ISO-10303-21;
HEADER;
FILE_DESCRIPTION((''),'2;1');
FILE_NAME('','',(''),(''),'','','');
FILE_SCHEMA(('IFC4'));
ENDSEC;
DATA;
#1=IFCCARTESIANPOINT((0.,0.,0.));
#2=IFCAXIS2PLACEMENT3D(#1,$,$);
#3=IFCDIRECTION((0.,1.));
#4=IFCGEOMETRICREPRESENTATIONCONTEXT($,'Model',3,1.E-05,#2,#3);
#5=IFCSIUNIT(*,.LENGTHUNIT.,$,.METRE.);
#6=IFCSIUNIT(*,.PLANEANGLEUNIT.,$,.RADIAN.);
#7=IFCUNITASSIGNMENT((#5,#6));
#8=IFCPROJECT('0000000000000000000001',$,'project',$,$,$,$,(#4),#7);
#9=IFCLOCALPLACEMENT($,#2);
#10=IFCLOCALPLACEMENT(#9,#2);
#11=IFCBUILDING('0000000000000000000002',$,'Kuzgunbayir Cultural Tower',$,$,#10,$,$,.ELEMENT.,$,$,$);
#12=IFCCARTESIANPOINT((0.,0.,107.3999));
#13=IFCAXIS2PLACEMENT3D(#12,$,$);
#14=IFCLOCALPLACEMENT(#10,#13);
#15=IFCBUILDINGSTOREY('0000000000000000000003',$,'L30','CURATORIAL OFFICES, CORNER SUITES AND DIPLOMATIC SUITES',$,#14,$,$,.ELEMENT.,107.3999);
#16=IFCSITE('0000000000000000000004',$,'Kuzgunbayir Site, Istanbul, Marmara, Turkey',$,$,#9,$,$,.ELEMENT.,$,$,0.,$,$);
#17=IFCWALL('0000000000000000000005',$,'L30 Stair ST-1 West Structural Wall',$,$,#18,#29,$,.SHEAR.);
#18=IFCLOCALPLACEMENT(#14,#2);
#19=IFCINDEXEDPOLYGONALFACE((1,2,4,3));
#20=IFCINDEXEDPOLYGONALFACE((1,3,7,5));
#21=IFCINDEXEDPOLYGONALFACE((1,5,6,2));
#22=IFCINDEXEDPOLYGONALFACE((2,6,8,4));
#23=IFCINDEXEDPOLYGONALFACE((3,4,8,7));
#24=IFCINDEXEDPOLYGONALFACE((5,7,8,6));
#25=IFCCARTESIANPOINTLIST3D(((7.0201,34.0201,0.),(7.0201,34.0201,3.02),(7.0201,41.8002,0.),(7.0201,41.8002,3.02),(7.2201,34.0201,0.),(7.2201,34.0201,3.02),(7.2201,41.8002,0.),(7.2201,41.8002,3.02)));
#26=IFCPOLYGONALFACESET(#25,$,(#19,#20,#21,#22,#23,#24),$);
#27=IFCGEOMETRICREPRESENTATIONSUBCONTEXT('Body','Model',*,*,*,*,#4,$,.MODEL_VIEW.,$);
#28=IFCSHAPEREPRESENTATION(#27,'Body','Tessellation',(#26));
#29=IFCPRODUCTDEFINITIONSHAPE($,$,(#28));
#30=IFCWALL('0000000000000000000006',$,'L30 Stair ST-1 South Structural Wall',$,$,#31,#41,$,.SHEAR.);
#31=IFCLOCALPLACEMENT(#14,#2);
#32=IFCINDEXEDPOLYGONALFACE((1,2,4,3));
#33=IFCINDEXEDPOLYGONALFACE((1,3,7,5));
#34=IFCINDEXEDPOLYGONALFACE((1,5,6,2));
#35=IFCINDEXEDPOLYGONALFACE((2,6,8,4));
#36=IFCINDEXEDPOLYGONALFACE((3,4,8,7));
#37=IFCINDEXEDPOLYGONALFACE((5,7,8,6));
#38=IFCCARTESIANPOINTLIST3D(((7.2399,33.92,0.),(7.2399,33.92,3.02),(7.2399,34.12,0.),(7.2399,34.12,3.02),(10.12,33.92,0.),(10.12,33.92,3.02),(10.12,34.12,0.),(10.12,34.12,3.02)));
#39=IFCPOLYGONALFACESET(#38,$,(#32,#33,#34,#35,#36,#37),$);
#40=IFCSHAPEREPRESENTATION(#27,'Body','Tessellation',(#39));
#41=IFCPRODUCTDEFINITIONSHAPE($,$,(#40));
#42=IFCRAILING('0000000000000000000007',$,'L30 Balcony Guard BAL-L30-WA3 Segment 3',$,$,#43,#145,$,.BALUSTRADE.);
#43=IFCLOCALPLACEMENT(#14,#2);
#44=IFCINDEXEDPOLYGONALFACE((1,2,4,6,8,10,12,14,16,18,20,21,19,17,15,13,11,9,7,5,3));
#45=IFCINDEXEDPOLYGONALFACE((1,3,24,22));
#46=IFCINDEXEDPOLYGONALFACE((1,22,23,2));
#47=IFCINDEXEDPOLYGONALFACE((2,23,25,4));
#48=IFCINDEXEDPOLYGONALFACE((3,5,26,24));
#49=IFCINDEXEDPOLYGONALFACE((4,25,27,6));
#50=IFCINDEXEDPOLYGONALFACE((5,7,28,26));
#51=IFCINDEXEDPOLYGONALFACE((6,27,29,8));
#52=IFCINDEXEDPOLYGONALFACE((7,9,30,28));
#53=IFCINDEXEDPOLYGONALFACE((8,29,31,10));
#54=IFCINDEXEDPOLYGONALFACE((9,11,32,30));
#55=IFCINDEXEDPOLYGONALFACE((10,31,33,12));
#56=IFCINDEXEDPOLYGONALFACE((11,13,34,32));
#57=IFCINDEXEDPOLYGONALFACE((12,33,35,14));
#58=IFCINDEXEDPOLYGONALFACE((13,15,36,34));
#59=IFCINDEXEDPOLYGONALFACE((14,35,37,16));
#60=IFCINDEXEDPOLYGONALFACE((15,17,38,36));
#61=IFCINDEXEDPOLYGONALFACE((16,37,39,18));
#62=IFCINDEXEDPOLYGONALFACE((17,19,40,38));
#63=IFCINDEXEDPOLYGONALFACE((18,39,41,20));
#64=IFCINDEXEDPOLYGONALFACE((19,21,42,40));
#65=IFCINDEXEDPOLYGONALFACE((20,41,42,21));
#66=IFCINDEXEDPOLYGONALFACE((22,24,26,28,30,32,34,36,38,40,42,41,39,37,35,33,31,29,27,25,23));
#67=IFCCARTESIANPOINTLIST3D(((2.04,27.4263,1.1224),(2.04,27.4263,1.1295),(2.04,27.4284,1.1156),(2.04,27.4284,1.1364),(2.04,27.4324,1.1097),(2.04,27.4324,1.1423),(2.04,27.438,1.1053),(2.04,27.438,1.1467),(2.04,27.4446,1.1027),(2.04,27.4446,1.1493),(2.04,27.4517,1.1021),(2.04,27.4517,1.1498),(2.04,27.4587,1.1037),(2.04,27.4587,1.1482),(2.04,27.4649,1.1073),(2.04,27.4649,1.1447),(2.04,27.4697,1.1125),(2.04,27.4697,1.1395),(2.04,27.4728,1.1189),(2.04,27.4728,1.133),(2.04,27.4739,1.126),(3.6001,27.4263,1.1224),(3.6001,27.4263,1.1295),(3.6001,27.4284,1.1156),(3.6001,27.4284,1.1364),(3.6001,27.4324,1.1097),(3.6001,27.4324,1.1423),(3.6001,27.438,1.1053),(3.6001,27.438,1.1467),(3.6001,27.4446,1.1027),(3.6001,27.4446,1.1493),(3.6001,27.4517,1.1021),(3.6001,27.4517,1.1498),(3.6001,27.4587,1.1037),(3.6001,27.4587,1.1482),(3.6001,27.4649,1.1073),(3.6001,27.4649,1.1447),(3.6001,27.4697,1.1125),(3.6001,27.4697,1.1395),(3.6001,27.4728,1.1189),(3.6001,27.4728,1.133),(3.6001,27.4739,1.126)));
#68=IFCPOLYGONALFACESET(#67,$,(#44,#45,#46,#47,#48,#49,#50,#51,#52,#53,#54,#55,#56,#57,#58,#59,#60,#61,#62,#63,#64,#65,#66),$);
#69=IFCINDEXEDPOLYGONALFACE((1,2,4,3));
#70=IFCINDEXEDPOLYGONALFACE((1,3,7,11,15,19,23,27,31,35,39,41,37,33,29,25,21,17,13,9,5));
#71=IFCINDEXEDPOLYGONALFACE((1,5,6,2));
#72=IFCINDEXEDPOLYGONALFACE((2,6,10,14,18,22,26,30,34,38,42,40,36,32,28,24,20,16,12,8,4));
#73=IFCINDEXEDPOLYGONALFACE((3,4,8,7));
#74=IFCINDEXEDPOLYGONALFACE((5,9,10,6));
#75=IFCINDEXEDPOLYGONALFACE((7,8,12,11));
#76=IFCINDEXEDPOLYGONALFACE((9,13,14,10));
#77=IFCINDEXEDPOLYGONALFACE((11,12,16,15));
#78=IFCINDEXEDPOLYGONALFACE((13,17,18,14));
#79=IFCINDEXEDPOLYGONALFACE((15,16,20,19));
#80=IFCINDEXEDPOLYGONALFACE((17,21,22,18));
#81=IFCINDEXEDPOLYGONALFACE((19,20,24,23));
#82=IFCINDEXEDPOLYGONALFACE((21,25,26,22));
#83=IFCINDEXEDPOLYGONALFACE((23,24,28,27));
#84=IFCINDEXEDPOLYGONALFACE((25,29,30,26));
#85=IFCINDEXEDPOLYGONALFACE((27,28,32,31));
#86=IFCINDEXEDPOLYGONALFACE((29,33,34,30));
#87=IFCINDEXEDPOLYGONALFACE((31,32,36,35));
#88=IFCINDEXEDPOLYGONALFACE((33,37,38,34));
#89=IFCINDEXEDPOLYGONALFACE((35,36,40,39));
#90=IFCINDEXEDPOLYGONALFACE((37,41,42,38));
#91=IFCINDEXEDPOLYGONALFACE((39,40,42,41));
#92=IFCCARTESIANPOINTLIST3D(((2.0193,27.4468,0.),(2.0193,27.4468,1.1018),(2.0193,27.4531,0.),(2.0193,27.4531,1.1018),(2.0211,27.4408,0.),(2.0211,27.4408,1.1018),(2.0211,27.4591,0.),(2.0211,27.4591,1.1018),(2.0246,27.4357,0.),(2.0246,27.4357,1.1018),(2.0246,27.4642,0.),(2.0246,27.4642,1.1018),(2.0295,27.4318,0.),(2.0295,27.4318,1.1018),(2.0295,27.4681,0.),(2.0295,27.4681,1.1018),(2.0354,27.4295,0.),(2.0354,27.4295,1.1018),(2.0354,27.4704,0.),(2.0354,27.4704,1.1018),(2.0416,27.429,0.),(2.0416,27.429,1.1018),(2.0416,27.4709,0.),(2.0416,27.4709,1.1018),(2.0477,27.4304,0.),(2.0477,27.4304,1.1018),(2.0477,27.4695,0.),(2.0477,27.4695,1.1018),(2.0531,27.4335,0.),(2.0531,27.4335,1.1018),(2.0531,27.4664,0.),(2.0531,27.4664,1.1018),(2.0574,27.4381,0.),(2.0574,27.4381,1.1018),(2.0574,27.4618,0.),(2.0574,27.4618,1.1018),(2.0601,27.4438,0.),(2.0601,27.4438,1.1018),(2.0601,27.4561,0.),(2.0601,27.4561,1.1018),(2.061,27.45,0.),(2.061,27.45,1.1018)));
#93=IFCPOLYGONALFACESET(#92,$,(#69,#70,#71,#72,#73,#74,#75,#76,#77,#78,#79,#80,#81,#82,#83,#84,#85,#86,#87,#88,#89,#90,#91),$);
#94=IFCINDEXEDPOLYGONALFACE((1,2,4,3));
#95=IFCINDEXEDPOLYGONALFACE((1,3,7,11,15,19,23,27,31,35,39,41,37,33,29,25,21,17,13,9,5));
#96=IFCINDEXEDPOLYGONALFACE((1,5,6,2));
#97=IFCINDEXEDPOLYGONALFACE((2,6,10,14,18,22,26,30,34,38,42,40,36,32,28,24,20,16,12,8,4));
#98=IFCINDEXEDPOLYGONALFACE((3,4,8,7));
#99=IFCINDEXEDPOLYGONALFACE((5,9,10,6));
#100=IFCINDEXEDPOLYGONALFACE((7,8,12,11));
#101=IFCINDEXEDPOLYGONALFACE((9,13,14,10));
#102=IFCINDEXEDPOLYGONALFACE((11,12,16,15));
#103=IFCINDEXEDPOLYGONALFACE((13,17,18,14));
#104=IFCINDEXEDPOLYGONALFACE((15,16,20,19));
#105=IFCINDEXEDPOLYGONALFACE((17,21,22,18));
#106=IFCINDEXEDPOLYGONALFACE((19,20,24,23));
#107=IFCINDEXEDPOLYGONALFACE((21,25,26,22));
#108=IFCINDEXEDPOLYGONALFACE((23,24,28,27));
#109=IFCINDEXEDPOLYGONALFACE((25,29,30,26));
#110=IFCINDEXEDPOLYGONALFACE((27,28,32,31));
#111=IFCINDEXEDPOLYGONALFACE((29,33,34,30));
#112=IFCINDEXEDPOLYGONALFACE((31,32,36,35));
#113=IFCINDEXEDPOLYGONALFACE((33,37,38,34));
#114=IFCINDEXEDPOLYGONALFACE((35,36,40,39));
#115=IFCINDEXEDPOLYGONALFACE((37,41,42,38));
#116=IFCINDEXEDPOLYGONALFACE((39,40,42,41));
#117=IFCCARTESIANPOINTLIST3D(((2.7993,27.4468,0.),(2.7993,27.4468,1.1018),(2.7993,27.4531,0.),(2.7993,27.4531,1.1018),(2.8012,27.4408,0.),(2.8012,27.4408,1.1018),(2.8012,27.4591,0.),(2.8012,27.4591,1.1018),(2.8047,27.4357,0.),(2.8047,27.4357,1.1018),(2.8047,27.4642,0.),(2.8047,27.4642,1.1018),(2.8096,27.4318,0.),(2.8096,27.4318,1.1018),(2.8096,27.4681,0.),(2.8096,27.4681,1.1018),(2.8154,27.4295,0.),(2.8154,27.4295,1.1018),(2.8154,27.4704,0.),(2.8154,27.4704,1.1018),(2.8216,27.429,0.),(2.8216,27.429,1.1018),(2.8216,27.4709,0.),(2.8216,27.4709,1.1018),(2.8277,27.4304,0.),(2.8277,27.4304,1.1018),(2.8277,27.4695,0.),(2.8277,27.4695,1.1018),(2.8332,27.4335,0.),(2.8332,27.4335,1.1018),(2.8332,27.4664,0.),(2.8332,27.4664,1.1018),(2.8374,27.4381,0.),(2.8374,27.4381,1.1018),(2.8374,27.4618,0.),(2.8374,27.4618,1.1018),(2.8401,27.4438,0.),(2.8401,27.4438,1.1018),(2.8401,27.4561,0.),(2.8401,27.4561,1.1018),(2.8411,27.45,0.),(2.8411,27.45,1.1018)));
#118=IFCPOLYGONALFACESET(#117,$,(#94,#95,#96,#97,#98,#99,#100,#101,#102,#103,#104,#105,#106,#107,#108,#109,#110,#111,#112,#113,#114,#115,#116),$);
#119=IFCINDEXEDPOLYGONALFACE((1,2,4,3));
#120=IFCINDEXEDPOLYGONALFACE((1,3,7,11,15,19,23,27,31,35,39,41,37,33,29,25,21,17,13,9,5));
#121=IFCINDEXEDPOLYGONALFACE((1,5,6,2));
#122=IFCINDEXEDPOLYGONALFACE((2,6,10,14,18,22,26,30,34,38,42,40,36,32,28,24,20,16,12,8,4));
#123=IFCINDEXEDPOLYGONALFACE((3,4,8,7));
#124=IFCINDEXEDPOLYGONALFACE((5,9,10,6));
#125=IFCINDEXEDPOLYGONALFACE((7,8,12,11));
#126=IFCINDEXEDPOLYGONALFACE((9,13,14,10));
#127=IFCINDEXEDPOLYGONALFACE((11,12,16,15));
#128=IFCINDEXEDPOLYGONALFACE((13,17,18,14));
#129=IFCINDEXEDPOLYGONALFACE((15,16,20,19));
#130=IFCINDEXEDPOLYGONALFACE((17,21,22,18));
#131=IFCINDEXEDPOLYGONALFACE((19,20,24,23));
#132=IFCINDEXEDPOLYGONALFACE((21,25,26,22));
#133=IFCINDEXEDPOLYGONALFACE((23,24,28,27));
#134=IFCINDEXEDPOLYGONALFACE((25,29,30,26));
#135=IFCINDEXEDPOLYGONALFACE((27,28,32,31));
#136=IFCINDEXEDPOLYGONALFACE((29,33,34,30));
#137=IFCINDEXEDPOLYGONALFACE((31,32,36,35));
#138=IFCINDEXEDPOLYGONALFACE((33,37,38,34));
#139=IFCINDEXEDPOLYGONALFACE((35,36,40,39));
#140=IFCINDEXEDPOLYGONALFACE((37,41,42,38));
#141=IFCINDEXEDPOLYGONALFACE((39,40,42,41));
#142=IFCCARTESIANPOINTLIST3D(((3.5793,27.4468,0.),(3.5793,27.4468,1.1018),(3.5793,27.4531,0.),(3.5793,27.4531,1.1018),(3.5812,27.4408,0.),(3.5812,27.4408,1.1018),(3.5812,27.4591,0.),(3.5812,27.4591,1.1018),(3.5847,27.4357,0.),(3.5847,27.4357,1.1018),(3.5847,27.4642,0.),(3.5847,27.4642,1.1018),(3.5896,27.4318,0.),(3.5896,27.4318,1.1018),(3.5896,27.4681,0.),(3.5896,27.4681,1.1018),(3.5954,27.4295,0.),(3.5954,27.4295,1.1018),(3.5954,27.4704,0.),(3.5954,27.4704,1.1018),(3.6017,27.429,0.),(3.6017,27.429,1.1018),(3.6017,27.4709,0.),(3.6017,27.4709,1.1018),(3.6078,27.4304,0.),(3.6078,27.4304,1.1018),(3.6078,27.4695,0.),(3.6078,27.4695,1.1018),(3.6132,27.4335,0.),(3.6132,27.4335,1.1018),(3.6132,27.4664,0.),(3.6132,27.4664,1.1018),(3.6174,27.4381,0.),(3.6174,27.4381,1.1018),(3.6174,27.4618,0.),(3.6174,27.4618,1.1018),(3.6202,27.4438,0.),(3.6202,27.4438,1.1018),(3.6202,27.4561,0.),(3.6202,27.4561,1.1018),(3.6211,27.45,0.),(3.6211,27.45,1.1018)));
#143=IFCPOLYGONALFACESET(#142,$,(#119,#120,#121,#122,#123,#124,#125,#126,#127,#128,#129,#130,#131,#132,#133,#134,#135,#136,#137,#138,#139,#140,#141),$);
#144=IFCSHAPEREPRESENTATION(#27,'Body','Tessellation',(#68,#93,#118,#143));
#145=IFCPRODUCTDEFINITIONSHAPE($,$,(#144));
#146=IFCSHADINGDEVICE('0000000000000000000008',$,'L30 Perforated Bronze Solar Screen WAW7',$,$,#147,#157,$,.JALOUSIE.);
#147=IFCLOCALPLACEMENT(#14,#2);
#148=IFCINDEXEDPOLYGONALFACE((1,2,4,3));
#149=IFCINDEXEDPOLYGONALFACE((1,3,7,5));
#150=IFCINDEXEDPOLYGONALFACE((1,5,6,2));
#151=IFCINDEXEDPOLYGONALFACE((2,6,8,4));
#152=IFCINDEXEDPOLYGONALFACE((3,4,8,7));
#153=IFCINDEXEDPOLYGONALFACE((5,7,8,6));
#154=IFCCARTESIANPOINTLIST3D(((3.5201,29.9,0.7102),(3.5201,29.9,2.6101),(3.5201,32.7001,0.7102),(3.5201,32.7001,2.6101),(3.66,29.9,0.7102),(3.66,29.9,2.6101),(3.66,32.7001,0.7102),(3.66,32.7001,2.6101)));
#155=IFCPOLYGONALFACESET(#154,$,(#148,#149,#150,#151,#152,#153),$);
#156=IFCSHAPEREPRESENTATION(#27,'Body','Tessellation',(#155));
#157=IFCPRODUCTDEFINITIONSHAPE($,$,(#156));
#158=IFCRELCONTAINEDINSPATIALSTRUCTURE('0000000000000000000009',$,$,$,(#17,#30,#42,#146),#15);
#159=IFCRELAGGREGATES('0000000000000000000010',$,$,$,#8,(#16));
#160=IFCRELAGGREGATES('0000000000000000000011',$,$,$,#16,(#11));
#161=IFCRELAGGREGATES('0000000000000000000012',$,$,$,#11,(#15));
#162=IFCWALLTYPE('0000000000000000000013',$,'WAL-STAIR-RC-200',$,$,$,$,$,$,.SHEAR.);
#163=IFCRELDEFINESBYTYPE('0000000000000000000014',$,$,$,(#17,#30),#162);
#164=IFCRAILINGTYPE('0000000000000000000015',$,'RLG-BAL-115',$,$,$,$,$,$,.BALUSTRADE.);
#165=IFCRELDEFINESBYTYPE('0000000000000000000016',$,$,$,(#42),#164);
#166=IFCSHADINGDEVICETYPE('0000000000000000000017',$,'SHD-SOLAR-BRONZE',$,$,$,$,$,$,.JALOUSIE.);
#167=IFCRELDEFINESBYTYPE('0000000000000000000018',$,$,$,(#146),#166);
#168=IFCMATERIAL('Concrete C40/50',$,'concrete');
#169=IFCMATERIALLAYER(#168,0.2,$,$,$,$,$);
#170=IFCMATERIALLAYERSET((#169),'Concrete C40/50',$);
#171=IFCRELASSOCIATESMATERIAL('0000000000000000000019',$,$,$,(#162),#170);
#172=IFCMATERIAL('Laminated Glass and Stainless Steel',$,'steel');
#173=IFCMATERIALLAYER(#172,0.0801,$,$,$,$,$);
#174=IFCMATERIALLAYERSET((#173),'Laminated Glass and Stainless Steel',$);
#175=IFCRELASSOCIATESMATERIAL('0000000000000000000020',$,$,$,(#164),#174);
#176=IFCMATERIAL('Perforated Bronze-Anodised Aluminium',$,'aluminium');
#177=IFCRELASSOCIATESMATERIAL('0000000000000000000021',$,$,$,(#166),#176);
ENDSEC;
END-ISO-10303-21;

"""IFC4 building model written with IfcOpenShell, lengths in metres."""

from ifc_helpers import new_model, si_unit, direction, frame, frame_2d, origin, origin_2d, place, context, subcontext, project, spatial, rectangle, circle, extrude, material, layer, layer_set, type_object, element, save


model = new_model("IFC4")

# Units and contexts
model_context = context("Model", 3, precision=1e-05, world=origin(), true_north=direction((0.0, 1.0)))
body_context = subcontext(model_context, "Body", "Model", "MODEL_VIEW")
ifc_project = project(units=[si_unit("LENGTHUNIT", "METRE"), si_unit("PLANEANGLEUNIT", "RADIAN")], contexts=[model_context])

# Site, building, storey
site_placement = place(None, origin())
site = spatial("IfcSite", under=ifc_project, at=site_placement, Name="Kuzgunbayir Site, Istanbul, Marmara, Turkey", CompositionType="ELEMENT", RefElevation=0.0)
building_placement = place(site_placement, origin())
building = spatial("IfcBuilding", under=site, at=building_placement, Name="Kuzgunbayir Cultural Tower", CompositionType="ELEMENT")
storey_placement = place(building_placement, frame((0.0, 0.0, 107.3999)))
storey = spatial("IfcBuildingStorey", under=building, at=storey_placement, Name="L30", Description="CURATORIAL OFFICES, CORNER SUITES AND DIPLOMATIC SUITES", CompositionType="ELEMENT", Elevation=107.3999)

# Walls
ifc_material_1 = material(Name="Concrete C40/50", Category="concrete")
ifc_layer_1 = layer(ifc_material_1, 0.2)
ifc_layer_set_1 = layer_set([ifc_layer_1], Name="Concrete C40/50")
wall_type_1 = type_object("IfcWallType", Name="WAL-STAIR-RC-200", PredefinedType="SHEAR", material=ifc_layer_set_1)
wall_1_placement = place(storey_placement, frame((7.1201, 34.02, 0.0), z_axis=(0.0, 0.0, 1.0), x_axis=(0.0, 1.0, 0.0)))
element("IfcWall", 1, at=wall_1_placement, inside=storey, type_object=wall_type_1, Name="L30 Stair ST-1 West Structural Wall", PredefinedType="SHEAR", context=body_context, shape_type="SweptSolid", body=[
    extrude(rectangle(XDim=7.78, YDim=0.2, at=frame_2d((3.8901, 0.0))), origin(), (0.0, 0.0, 1.0), 3.02),
])
wall_2_placement = place(storey_placement, frame((7.24, 34.02, 0.0), z_axis=(0.0, 0.0, 1.0), x_axis=(1.0, 0.0, 0.0)))
element("IfcWall", 2, at=wall_2_placement, inside=storey, type_object=wall_type_1, Name="L30 Stair ST-1 South Structural Wall", PredefinedType="SHEAR", context=body_context, shape_type="SweptSolid", body=[
    extrude(rectangle(XDim=2.8801, YDim=0.2, at=frame_2d((1.4399, 0.0))), origin(), (0.0, 0.0, 1.0), 3.02),
])

# Railing
ifc_material_2 = material(Name="Laminated Glass and Stainless Steel", Category="steel")
ifc_layer_2 = layer(ifc_material_2, 0.0801)
ifc_layer_set_2 = layer_set([ifc_layer_2], Name="Laminated Glass and Stainless Steel")
railing_type = type_object("IfcRailingType", Name="RLG-BAL-115", PredefinedType="BALUSTRADE", material=ifc_layer_set_2)
railing_placement = place(storey_placement, frame((2.04, 27.45, 0.0)))
element("IfcRailing", 3, at=railing_placement, inside=storey, type_object=railing_type, Name="L30 Balcony Guard BAL-L30-WA3 Segment 3", PredefinedType="BALUSTRADE", context=body_context, shape_type="SweptSolid", body=[
    extrude(circle(Radius=0.0239, at=origin_2d()), frame((0.0, 0.0, 1.126), z_axis=(1.0, 0.0, 0.0), x_axis=(0.0, 1.0, 0.0)), (0.0, 0.0, 1.0), 1.5601),
    extrude(circle(Radius=0.021, at=origin_2d()), origin(), (0.0, 0.0, 1.0), 1.1018),
    extrude(circle(Radius=0.021, at=origin_2d()), frame((0.78, 0.0, 0.0)), (0.0, 0.0, 1.0), 1.1018),
    extrude(circle(Radius=0.021, at=origin_2d()), frame((1.5601, 0.0, 0.0)), (0.0, 0.0, 1.0), 1.1018),
])

# Shading device
ifc_material_3 = material(Name="Perforated Bronze-Anodised Aluminium", Category="aluminium")
shading_device_type = type_object("IfcShadingDeviceType", Name="SHD-SOLAR-BRONZE", PredefinedType="JALOUSIE", material=ifc_material_3)
shading_device_placement = place(storey_placement, frame((3.5901, 31.3, 0.7102), z_axis=(0.0, 0.0, 1.0), x_axis=(1.0, 0.0, 0.0)))
element("IfcShadingDevice", 4, at=shading_device_placement, inside=storey, type_object=shading_device_type, Name="L30 Perforated Bronze Solar Screen WAW7", PredefinedType="JALOUSIE", context=body_context, shape_type="SweptSolid", body=[
    extrude(rectangle(XDim=0.1399, YDim=2.8, at=origin_2d()), origin(), (0.0, 0.0, 1.0), 1.8999),
])

save(model, "model.ifc")
